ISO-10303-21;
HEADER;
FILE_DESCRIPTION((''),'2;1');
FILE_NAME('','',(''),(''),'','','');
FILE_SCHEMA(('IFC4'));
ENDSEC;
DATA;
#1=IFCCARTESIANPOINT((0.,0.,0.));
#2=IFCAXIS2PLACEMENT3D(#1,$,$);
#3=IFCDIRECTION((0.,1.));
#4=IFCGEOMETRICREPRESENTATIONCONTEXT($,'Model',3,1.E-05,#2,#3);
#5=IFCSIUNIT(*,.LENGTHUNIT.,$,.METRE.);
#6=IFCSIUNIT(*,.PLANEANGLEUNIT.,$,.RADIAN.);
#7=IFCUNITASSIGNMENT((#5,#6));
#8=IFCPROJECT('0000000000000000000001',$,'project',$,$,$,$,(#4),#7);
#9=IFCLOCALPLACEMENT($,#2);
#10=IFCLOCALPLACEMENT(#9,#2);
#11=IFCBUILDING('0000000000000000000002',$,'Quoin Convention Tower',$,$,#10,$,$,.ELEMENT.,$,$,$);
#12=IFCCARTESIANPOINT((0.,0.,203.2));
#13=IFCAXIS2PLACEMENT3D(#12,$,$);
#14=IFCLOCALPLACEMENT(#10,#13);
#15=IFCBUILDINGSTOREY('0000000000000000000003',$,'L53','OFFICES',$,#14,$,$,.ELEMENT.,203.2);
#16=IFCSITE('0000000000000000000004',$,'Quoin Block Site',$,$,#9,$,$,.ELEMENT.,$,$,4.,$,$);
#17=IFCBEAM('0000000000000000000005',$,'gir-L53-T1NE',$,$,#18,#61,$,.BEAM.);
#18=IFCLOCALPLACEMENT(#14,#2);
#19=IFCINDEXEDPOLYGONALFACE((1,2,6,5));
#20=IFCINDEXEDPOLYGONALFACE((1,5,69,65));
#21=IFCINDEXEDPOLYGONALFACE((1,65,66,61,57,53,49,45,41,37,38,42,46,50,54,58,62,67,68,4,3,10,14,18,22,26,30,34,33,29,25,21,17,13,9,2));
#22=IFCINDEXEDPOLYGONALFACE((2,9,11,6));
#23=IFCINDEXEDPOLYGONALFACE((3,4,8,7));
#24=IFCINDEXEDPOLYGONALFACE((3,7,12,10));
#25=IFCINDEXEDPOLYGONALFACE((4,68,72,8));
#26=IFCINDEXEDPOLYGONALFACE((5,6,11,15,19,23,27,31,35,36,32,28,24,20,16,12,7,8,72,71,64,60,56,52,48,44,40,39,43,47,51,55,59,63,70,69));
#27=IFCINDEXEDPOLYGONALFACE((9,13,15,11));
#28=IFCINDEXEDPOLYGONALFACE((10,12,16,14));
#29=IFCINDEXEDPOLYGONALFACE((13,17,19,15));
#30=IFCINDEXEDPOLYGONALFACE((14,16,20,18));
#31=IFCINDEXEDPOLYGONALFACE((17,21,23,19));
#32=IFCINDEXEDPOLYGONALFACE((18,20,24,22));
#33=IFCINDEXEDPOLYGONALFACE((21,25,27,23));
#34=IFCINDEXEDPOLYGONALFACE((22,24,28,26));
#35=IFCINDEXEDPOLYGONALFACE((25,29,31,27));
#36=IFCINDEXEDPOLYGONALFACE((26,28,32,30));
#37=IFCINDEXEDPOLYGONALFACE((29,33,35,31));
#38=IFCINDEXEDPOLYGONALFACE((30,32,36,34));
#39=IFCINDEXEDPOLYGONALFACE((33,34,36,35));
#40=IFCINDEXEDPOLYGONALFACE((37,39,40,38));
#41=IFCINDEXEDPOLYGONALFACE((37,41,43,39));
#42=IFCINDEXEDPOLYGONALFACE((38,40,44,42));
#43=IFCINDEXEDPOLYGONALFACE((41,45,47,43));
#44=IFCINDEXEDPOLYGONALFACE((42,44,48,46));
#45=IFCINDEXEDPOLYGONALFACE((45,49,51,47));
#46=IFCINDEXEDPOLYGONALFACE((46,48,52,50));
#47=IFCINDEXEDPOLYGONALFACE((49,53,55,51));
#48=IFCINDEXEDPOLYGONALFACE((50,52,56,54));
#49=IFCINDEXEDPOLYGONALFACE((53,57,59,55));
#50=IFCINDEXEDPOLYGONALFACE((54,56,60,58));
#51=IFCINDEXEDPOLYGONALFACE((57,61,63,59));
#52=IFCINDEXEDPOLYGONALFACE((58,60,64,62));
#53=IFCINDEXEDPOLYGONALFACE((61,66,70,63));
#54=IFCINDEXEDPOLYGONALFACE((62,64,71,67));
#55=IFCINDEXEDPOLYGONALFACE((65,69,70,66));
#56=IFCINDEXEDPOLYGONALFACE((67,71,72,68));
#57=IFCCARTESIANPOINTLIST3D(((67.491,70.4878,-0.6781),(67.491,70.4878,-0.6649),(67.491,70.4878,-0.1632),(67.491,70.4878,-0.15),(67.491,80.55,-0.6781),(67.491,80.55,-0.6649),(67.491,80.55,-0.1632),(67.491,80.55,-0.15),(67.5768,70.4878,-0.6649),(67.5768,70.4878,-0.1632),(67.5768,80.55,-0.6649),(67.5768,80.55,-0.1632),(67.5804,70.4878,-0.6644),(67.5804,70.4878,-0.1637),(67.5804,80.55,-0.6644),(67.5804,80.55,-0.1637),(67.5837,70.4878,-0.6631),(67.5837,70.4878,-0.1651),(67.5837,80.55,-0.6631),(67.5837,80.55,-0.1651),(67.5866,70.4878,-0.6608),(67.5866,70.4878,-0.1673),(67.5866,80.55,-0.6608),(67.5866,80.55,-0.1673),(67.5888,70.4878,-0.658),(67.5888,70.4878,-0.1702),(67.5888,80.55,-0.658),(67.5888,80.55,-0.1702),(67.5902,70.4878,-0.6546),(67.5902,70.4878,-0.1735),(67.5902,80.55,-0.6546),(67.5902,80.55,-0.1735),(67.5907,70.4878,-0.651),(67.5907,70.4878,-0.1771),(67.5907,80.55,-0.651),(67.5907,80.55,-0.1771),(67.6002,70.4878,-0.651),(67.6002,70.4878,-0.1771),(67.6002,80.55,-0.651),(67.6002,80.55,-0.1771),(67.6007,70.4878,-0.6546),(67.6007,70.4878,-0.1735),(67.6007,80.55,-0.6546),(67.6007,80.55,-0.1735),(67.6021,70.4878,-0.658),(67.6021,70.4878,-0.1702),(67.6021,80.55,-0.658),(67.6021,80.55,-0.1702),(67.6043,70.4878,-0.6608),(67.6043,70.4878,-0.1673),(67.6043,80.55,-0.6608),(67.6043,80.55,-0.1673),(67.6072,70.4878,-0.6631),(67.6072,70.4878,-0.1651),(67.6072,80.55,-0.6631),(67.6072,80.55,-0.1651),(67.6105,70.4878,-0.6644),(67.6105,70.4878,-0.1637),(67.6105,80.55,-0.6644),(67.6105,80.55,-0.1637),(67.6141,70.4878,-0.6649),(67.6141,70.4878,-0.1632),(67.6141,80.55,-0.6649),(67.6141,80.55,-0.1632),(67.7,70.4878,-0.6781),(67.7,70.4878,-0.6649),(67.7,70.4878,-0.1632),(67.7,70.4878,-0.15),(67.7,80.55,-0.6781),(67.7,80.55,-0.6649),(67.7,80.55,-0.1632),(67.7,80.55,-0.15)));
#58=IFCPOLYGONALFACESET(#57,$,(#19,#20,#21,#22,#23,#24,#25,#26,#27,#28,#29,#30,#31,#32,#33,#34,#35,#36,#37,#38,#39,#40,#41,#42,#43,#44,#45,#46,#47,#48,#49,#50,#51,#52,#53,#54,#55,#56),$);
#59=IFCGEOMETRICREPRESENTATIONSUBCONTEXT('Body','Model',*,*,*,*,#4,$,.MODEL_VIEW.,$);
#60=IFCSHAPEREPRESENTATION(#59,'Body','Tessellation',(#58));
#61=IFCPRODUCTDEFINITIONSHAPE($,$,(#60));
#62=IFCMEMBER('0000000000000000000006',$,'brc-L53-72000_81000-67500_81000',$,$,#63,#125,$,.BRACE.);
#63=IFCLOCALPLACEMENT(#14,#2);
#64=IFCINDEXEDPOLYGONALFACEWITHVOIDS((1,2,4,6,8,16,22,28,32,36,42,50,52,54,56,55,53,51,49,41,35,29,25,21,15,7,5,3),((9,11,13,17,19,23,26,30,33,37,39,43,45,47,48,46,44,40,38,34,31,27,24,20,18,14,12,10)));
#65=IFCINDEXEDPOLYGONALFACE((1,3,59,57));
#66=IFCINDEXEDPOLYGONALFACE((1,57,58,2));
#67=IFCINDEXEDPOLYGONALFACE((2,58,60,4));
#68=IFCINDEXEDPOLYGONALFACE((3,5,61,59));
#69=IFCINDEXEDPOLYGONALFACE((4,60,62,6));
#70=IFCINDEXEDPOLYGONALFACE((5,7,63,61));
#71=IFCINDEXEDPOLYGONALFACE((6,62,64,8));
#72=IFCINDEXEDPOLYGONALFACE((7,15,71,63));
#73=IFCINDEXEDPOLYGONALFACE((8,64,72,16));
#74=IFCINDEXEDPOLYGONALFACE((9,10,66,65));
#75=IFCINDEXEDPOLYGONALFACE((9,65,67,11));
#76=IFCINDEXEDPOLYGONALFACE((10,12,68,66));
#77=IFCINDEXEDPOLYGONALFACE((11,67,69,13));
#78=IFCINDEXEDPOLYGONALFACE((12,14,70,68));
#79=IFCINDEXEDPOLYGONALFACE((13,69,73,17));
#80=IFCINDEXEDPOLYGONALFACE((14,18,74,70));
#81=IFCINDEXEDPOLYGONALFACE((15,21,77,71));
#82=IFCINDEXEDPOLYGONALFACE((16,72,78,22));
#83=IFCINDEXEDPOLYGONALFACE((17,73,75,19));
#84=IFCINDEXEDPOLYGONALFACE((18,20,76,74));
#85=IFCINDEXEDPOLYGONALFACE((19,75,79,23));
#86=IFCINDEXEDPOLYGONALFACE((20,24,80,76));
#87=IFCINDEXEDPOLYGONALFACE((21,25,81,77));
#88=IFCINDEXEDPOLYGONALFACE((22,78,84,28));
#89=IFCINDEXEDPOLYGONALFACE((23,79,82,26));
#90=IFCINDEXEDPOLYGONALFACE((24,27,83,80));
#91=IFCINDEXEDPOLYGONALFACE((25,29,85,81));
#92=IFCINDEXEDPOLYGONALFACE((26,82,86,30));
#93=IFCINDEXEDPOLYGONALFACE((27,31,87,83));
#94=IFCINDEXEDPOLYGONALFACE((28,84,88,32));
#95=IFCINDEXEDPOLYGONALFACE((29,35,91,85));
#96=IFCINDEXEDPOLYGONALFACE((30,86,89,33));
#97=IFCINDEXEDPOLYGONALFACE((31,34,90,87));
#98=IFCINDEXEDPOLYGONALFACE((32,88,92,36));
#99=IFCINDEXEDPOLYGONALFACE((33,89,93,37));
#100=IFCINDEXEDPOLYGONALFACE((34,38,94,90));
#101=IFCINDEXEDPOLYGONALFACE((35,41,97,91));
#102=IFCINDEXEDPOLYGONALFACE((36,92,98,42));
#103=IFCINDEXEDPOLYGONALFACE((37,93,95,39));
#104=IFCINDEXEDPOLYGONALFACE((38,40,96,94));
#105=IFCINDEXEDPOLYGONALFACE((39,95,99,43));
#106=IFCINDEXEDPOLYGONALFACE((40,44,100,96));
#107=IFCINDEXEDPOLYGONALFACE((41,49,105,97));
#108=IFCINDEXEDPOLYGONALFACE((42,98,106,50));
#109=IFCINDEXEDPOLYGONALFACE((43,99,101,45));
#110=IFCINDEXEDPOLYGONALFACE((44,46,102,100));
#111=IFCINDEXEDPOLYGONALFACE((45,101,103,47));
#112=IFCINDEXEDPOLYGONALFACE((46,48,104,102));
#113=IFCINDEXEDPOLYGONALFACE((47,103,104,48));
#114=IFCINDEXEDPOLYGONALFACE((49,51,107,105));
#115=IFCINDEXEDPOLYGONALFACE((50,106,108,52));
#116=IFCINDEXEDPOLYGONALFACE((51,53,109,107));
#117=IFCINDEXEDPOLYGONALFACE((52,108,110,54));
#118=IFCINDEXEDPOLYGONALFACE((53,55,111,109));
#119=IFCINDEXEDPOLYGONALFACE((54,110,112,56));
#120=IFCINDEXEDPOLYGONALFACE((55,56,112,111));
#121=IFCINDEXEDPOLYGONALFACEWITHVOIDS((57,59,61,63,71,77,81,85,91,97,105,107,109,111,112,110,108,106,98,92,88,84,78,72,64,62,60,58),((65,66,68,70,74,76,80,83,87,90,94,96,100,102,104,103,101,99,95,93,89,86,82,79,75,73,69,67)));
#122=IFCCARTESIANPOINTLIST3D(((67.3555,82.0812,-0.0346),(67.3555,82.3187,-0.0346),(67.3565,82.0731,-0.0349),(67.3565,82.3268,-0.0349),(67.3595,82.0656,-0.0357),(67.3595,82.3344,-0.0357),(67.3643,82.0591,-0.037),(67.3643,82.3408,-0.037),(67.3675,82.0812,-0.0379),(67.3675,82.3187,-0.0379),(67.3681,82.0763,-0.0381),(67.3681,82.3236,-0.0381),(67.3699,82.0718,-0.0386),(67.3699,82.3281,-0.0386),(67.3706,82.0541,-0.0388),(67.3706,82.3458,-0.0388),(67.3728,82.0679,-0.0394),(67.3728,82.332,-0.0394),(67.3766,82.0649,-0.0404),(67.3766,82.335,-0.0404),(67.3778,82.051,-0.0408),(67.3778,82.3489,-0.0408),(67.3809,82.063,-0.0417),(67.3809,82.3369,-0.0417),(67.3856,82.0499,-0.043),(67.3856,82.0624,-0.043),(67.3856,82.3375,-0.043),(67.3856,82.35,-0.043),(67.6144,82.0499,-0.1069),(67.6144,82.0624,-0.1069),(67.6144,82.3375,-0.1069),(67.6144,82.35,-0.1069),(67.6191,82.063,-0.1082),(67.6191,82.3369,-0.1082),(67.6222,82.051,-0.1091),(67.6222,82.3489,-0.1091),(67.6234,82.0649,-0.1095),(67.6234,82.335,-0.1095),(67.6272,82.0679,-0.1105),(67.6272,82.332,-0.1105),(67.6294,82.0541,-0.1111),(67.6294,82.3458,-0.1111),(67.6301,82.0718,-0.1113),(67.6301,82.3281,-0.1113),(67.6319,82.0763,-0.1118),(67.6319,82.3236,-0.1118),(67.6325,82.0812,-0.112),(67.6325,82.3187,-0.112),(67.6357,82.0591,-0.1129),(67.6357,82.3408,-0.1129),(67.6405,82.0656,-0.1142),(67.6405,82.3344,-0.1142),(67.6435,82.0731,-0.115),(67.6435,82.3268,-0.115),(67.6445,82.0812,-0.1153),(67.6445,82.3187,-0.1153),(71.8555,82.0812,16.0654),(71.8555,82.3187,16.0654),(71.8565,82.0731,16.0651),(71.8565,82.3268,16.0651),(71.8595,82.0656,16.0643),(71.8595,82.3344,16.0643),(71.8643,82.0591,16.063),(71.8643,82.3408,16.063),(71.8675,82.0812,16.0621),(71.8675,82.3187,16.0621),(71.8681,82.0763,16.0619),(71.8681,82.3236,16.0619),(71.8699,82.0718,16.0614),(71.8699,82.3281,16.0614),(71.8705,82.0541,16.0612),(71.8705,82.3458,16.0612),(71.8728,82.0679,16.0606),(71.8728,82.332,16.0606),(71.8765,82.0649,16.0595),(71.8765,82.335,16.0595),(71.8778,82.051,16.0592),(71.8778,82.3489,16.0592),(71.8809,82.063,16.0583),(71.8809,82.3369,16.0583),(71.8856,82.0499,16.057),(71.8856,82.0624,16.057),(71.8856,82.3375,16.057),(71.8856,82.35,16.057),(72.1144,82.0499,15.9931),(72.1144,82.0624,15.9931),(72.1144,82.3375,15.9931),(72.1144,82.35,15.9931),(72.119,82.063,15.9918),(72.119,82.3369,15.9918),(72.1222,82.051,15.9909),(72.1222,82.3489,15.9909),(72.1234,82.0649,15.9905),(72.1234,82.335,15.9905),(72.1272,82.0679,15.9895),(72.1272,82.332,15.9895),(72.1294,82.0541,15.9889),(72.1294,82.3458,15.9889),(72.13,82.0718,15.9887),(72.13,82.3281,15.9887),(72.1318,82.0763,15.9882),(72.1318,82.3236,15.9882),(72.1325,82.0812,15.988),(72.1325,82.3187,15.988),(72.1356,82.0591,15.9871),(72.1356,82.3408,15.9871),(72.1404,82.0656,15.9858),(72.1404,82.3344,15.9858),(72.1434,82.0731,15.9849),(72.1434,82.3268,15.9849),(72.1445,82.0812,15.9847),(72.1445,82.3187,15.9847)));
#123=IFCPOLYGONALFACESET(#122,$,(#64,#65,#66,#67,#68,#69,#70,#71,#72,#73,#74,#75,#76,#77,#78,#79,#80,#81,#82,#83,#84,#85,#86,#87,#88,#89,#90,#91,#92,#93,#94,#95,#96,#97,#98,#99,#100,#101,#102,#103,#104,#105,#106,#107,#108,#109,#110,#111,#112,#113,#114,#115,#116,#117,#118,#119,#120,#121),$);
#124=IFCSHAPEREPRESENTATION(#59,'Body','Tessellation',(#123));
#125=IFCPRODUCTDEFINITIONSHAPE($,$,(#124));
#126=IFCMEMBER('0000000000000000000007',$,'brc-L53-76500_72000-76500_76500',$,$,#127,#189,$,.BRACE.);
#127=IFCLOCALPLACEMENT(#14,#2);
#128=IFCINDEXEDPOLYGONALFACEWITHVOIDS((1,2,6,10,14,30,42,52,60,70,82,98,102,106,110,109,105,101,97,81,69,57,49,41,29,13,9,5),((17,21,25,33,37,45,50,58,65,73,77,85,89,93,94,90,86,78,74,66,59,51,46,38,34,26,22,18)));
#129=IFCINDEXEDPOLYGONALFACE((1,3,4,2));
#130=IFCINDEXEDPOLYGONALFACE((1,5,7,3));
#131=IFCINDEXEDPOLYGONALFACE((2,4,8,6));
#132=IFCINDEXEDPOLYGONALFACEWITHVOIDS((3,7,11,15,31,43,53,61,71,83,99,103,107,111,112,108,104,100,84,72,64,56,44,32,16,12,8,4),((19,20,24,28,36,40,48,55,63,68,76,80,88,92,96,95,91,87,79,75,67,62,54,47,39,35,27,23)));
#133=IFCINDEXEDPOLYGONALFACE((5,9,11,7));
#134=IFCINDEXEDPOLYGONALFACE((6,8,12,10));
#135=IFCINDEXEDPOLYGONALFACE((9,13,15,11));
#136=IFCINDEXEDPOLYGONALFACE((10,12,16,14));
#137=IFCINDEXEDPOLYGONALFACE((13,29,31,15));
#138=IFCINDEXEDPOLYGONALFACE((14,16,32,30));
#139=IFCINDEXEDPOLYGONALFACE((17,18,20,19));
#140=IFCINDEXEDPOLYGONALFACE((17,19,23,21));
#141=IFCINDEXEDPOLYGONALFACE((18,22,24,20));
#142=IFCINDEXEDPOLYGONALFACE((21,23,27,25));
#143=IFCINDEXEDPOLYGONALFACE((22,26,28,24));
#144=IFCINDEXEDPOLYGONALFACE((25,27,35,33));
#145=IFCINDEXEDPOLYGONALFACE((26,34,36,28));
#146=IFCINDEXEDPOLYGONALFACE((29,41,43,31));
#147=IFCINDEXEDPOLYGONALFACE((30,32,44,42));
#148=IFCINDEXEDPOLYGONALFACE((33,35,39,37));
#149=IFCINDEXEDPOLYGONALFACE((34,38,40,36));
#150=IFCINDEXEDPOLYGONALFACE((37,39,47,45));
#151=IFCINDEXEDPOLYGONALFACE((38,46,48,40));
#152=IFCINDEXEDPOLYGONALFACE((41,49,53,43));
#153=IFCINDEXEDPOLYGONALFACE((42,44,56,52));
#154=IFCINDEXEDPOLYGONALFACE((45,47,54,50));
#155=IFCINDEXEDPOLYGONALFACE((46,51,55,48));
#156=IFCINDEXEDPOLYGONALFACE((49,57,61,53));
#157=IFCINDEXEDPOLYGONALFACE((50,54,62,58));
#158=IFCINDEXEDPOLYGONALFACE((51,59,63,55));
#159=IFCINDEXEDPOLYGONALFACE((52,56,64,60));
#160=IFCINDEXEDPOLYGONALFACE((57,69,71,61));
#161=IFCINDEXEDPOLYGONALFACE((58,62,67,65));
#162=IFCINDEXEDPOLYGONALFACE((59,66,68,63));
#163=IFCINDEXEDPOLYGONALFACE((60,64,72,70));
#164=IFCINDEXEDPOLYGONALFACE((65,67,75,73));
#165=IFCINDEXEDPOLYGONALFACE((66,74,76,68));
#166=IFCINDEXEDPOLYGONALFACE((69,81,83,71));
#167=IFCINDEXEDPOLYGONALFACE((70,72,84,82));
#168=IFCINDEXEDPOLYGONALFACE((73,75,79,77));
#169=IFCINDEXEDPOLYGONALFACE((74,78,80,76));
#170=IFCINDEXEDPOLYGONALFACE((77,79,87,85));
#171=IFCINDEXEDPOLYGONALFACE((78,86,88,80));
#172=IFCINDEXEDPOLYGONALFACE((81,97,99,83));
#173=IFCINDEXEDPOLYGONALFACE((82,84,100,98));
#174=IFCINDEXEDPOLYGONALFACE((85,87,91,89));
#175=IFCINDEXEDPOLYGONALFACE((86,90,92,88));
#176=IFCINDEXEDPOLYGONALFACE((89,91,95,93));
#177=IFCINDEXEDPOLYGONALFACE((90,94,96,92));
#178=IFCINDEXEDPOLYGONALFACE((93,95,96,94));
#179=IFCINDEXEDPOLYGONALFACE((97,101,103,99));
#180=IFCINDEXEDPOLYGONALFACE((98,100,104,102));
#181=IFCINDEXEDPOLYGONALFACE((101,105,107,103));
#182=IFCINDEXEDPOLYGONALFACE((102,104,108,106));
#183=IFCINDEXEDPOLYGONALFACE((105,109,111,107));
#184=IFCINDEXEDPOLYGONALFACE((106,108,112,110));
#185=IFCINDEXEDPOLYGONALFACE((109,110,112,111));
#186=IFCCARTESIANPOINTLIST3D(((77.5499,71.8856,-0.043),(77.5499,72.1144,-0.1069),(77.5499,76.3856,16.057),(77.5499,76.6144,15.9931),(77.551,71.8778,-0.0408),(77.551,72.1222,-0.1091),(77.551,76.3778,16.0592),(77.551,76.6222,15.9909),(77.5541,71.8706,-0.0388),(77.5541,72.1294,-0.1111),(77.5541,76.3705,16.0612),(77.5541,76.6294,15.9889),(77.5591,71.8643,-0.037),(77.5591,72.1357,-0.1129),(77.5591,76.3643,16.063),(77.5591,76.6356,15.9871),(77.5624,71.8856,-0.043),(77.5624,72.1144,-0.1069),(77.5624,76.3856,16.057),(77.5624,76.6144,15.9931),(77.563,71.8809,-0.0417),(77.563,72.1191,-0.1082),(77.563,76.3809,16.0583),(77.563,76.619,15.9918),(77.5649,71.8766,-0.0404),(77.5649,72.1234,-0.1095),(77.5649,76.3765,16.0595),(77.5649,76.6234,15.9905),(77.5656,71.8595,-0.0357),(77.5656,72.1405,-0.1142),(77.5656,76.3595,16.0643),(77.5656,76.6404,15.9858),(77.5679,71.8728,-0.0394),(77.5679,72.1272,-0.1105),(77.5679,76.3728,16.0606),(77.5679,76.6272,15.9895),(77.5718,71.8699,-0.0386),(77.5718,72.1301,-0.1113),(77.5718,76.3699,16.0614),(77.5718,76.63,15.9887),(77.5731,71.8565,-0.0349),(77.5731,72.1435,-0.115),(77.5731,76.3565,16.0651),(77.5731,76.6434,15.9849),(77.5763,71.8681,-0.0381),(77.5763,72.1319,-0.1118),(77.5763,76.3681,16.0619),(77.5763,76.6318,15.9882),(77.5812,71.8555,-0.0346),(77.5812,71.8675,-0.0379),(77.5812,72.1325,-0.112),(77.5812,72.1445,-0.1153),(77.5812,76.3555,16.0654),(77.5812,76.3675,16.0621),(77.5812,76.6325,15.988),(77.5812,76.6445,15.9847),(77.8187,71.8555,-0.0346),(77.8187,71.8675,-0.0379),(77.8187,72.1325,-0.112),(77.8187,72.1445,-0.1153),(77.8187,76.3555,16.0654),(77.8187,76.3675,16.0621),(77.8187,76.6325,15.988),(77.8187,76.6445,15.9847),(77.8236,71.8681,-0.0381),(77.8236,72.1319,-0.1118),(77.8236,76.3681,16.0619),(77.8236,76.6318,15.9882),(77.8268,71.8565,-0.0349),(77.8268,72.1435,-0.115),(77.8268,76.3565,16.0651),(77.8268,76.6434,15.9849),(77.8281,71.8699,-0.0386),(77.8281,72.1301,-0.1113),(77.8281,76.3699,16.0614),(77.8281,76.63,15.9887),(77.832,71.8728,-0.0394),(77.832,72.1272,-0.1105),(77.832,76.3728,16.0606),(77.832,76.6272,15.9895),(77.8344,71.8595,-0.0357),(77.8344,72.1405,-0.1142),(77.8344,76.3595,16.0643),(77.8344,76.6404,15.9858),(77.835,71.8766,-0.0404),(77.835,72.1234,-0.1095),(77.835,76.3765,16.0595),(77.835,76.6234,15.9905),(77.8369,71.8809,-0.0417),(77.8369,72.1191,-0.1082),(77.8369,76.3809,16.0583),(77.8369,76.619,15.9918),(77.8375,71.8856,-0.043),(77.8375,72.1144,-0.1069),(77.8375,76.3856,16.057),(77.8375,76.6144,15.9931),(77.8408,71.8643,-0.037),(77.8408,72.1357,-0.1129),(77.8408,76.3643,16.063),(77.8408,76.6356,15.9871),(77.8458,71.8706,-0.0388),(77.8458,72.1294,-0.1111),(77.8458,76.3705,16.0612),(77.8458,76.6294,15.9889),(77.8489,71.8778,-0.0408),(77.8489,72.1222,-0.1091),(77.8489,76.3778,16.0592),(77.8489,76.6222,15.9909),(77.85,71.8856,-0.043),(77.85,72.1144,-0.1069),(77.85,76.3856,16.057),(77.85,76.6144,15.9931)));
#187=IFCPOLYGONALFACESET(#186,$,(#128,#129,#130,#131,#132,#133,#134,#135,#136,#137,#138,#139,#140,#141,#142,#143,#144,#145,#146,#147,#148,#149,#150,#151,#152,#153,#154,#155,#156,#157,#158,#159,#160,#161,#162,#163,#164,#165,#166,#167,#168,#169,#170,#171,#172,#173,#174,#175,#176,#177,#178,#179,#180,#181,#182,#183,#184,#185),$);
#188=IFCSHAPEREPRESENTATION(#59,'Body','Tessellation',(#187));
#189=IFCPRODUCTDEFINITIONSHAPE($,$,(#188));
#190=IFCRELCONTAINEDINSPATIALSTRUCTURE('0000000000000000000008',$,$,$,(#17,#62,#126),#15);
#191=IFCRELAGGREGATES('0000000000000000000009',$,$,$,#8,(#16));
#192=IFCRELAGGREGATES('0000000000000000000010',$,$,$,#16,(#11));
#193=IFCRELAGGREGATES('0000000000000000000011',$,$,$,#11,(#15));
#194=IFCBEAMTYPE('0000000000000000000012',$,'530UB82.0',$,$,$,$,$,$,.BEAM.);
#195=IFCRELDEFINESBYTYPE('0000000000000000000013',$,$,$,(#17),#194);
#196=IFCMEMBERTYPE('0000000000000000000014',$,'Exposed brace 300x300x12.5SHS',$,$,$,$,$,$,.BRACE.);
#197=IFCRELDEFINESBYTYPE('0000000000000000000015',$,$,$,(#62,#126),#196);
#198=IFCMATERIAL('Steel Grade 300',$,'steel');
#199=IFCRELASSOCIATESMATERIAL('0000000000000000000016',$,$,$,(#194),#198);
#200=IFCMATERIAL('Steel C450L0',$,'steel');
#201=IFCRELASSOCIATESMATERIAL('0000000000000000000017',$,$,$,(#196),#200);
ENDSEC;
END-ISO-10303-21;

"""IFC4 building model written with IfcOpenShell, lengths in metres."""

from ifc_helpers import new_model, si_unit, direction, frame, origin, origin_2d, place, context, subcontext, project, spatial, hollow_rectangle, i_section, extrude, material, material_profile, profile_set, type_object, element, save


model = new_model("IFC4")

# Units and contexts
model_context = context("Model", 3, precision=1e-05, world=origin(), true_north=direction((0.0, 1.0)))
body_context = subcontext(model_context, "Body", "Model", "MODEL_VIEW")
ifc_project = project(units=[si_unit("LENGTHUNIT", "METRE"), si_unit("PLANEANGLEUNIT", "RADIAN")], contexts=[model_context])

# Site, building, storey
site_placement = place(None, origin())
site = spatial("IfcSite", under=ifc_project, at=site_placement, Name="Quoin Block Site", CompositionType="ELEMENT", RefElevation=4.0)
building_placement = place(site_placement, origin())
building = spatial("IfcBuilding", under=site, at=building_placement, Name="Quoin Convention Tower", CompositionType="ELEMENT")
storey_placement = place(building_placement, frame((0.0, 0.0, 203.2)))
storey = spatial("IfcBuildingStorey", under=building, at=storey_placement, Name="L53", Description="OFFICES", CompositionType="ELEMENT", Elevation=203.2)

# Beam
ifc_material_1 = material(Name="Steel Grade 300", Category="steel")
ifc_material_profile_1 = material_profile(ifc_material_1, i_section(OverallWidth=0.209, OverallDepth=0.5281, WebThickness=0.0095, FlangeThickness=0.0132, FilletRadius=0.0139, at=origin_2d()), Name="530UB82.0")
ifc_profile_set_1 = profile_set([ifc_material_profile_1], Name="Steel Grade 300")
beam_type_1 = type_object("IfcBeamType", Name="530UB82.0", PredefinedType="BEAM", material=ifc_profile_set_1)
beam_1_placement = place(storey_placement, frame((67.5955, 80.55, -0.4141), z_axis=(0.0, -1.0, 0.0), x_axis=(1.0, 0.0, 0.0)))
element("IfcBeam", 1, at=beam_1_placement, inside=storey, type_object=beam_type_1, Name="gir-L53-T1NE", PredefinedType="BEAM", context=body_context, shape_type="SweptSolid", body=[
    extrude(i_section(OverallWidth=0.209, OverallDepth=0.5281, WebThickness=0.0095, FlangeThickness=0.0132, FilletRadius=0.0139, at=origin_2d()), origin(), (0.0, 0.0, 1.0), 10.0623),
])

# Members
ifc_material_2 = material(Name="Steel C450L0", Category="steel")
ifc_material_profile_2 = material_profile(ifc_material_2, hollow_rectangle(XDim=0.3, YDim=0.3, WallThickness=0.0125, InnerFilletRadius=0.0188, OuterFilletRadius=0.0312, at=origin_2d()), Name="300x300x12.5SHS")
ifc_profile_set_2 = profile_set([ifc_material_profile_2], Name="Steel C450L0")
member_type = type_object("IfcMemberType", Name="Exposed brace 300x300x12.5SHS", PredefinedType="BRACE", material=ifc_profile_set_2)
for number, where, z_axis, x_axis, name in (
    (2, (67.5, 82.2, -0.075), (0.269185, 0.0, 0.963089), (0.0, 1.0, 0.0), "brc-L53-72000_81000-67500_81000"),
    (3, (77.7, 72.0, -0.075), (0.0, 0.269185, 0.963089), (-1.0, 0.0, 0.0), "brc-L53-76500_72000-76500_76500"),
):
    element("IfcMember", number, at=place(storey_placement, frame(where, z_axis=z_axis, x_axis=x_axis)), inside=storey, type_object=member_type, Name=name, PredefinedType="BRACE", context=body_context, shape_type="SweptSolid", body=[
        extrude(hollow_rectangle(XDim=0.3, YDim=0.3, WallThickness=0.0125, InnerFilletRadius=0.0188, OuterFilletRadius=0.0312, at=origin_2d()), origin(), (0.0, 0.0, 1.0), 16.717),
    ])

save(model, "model.ifc")
